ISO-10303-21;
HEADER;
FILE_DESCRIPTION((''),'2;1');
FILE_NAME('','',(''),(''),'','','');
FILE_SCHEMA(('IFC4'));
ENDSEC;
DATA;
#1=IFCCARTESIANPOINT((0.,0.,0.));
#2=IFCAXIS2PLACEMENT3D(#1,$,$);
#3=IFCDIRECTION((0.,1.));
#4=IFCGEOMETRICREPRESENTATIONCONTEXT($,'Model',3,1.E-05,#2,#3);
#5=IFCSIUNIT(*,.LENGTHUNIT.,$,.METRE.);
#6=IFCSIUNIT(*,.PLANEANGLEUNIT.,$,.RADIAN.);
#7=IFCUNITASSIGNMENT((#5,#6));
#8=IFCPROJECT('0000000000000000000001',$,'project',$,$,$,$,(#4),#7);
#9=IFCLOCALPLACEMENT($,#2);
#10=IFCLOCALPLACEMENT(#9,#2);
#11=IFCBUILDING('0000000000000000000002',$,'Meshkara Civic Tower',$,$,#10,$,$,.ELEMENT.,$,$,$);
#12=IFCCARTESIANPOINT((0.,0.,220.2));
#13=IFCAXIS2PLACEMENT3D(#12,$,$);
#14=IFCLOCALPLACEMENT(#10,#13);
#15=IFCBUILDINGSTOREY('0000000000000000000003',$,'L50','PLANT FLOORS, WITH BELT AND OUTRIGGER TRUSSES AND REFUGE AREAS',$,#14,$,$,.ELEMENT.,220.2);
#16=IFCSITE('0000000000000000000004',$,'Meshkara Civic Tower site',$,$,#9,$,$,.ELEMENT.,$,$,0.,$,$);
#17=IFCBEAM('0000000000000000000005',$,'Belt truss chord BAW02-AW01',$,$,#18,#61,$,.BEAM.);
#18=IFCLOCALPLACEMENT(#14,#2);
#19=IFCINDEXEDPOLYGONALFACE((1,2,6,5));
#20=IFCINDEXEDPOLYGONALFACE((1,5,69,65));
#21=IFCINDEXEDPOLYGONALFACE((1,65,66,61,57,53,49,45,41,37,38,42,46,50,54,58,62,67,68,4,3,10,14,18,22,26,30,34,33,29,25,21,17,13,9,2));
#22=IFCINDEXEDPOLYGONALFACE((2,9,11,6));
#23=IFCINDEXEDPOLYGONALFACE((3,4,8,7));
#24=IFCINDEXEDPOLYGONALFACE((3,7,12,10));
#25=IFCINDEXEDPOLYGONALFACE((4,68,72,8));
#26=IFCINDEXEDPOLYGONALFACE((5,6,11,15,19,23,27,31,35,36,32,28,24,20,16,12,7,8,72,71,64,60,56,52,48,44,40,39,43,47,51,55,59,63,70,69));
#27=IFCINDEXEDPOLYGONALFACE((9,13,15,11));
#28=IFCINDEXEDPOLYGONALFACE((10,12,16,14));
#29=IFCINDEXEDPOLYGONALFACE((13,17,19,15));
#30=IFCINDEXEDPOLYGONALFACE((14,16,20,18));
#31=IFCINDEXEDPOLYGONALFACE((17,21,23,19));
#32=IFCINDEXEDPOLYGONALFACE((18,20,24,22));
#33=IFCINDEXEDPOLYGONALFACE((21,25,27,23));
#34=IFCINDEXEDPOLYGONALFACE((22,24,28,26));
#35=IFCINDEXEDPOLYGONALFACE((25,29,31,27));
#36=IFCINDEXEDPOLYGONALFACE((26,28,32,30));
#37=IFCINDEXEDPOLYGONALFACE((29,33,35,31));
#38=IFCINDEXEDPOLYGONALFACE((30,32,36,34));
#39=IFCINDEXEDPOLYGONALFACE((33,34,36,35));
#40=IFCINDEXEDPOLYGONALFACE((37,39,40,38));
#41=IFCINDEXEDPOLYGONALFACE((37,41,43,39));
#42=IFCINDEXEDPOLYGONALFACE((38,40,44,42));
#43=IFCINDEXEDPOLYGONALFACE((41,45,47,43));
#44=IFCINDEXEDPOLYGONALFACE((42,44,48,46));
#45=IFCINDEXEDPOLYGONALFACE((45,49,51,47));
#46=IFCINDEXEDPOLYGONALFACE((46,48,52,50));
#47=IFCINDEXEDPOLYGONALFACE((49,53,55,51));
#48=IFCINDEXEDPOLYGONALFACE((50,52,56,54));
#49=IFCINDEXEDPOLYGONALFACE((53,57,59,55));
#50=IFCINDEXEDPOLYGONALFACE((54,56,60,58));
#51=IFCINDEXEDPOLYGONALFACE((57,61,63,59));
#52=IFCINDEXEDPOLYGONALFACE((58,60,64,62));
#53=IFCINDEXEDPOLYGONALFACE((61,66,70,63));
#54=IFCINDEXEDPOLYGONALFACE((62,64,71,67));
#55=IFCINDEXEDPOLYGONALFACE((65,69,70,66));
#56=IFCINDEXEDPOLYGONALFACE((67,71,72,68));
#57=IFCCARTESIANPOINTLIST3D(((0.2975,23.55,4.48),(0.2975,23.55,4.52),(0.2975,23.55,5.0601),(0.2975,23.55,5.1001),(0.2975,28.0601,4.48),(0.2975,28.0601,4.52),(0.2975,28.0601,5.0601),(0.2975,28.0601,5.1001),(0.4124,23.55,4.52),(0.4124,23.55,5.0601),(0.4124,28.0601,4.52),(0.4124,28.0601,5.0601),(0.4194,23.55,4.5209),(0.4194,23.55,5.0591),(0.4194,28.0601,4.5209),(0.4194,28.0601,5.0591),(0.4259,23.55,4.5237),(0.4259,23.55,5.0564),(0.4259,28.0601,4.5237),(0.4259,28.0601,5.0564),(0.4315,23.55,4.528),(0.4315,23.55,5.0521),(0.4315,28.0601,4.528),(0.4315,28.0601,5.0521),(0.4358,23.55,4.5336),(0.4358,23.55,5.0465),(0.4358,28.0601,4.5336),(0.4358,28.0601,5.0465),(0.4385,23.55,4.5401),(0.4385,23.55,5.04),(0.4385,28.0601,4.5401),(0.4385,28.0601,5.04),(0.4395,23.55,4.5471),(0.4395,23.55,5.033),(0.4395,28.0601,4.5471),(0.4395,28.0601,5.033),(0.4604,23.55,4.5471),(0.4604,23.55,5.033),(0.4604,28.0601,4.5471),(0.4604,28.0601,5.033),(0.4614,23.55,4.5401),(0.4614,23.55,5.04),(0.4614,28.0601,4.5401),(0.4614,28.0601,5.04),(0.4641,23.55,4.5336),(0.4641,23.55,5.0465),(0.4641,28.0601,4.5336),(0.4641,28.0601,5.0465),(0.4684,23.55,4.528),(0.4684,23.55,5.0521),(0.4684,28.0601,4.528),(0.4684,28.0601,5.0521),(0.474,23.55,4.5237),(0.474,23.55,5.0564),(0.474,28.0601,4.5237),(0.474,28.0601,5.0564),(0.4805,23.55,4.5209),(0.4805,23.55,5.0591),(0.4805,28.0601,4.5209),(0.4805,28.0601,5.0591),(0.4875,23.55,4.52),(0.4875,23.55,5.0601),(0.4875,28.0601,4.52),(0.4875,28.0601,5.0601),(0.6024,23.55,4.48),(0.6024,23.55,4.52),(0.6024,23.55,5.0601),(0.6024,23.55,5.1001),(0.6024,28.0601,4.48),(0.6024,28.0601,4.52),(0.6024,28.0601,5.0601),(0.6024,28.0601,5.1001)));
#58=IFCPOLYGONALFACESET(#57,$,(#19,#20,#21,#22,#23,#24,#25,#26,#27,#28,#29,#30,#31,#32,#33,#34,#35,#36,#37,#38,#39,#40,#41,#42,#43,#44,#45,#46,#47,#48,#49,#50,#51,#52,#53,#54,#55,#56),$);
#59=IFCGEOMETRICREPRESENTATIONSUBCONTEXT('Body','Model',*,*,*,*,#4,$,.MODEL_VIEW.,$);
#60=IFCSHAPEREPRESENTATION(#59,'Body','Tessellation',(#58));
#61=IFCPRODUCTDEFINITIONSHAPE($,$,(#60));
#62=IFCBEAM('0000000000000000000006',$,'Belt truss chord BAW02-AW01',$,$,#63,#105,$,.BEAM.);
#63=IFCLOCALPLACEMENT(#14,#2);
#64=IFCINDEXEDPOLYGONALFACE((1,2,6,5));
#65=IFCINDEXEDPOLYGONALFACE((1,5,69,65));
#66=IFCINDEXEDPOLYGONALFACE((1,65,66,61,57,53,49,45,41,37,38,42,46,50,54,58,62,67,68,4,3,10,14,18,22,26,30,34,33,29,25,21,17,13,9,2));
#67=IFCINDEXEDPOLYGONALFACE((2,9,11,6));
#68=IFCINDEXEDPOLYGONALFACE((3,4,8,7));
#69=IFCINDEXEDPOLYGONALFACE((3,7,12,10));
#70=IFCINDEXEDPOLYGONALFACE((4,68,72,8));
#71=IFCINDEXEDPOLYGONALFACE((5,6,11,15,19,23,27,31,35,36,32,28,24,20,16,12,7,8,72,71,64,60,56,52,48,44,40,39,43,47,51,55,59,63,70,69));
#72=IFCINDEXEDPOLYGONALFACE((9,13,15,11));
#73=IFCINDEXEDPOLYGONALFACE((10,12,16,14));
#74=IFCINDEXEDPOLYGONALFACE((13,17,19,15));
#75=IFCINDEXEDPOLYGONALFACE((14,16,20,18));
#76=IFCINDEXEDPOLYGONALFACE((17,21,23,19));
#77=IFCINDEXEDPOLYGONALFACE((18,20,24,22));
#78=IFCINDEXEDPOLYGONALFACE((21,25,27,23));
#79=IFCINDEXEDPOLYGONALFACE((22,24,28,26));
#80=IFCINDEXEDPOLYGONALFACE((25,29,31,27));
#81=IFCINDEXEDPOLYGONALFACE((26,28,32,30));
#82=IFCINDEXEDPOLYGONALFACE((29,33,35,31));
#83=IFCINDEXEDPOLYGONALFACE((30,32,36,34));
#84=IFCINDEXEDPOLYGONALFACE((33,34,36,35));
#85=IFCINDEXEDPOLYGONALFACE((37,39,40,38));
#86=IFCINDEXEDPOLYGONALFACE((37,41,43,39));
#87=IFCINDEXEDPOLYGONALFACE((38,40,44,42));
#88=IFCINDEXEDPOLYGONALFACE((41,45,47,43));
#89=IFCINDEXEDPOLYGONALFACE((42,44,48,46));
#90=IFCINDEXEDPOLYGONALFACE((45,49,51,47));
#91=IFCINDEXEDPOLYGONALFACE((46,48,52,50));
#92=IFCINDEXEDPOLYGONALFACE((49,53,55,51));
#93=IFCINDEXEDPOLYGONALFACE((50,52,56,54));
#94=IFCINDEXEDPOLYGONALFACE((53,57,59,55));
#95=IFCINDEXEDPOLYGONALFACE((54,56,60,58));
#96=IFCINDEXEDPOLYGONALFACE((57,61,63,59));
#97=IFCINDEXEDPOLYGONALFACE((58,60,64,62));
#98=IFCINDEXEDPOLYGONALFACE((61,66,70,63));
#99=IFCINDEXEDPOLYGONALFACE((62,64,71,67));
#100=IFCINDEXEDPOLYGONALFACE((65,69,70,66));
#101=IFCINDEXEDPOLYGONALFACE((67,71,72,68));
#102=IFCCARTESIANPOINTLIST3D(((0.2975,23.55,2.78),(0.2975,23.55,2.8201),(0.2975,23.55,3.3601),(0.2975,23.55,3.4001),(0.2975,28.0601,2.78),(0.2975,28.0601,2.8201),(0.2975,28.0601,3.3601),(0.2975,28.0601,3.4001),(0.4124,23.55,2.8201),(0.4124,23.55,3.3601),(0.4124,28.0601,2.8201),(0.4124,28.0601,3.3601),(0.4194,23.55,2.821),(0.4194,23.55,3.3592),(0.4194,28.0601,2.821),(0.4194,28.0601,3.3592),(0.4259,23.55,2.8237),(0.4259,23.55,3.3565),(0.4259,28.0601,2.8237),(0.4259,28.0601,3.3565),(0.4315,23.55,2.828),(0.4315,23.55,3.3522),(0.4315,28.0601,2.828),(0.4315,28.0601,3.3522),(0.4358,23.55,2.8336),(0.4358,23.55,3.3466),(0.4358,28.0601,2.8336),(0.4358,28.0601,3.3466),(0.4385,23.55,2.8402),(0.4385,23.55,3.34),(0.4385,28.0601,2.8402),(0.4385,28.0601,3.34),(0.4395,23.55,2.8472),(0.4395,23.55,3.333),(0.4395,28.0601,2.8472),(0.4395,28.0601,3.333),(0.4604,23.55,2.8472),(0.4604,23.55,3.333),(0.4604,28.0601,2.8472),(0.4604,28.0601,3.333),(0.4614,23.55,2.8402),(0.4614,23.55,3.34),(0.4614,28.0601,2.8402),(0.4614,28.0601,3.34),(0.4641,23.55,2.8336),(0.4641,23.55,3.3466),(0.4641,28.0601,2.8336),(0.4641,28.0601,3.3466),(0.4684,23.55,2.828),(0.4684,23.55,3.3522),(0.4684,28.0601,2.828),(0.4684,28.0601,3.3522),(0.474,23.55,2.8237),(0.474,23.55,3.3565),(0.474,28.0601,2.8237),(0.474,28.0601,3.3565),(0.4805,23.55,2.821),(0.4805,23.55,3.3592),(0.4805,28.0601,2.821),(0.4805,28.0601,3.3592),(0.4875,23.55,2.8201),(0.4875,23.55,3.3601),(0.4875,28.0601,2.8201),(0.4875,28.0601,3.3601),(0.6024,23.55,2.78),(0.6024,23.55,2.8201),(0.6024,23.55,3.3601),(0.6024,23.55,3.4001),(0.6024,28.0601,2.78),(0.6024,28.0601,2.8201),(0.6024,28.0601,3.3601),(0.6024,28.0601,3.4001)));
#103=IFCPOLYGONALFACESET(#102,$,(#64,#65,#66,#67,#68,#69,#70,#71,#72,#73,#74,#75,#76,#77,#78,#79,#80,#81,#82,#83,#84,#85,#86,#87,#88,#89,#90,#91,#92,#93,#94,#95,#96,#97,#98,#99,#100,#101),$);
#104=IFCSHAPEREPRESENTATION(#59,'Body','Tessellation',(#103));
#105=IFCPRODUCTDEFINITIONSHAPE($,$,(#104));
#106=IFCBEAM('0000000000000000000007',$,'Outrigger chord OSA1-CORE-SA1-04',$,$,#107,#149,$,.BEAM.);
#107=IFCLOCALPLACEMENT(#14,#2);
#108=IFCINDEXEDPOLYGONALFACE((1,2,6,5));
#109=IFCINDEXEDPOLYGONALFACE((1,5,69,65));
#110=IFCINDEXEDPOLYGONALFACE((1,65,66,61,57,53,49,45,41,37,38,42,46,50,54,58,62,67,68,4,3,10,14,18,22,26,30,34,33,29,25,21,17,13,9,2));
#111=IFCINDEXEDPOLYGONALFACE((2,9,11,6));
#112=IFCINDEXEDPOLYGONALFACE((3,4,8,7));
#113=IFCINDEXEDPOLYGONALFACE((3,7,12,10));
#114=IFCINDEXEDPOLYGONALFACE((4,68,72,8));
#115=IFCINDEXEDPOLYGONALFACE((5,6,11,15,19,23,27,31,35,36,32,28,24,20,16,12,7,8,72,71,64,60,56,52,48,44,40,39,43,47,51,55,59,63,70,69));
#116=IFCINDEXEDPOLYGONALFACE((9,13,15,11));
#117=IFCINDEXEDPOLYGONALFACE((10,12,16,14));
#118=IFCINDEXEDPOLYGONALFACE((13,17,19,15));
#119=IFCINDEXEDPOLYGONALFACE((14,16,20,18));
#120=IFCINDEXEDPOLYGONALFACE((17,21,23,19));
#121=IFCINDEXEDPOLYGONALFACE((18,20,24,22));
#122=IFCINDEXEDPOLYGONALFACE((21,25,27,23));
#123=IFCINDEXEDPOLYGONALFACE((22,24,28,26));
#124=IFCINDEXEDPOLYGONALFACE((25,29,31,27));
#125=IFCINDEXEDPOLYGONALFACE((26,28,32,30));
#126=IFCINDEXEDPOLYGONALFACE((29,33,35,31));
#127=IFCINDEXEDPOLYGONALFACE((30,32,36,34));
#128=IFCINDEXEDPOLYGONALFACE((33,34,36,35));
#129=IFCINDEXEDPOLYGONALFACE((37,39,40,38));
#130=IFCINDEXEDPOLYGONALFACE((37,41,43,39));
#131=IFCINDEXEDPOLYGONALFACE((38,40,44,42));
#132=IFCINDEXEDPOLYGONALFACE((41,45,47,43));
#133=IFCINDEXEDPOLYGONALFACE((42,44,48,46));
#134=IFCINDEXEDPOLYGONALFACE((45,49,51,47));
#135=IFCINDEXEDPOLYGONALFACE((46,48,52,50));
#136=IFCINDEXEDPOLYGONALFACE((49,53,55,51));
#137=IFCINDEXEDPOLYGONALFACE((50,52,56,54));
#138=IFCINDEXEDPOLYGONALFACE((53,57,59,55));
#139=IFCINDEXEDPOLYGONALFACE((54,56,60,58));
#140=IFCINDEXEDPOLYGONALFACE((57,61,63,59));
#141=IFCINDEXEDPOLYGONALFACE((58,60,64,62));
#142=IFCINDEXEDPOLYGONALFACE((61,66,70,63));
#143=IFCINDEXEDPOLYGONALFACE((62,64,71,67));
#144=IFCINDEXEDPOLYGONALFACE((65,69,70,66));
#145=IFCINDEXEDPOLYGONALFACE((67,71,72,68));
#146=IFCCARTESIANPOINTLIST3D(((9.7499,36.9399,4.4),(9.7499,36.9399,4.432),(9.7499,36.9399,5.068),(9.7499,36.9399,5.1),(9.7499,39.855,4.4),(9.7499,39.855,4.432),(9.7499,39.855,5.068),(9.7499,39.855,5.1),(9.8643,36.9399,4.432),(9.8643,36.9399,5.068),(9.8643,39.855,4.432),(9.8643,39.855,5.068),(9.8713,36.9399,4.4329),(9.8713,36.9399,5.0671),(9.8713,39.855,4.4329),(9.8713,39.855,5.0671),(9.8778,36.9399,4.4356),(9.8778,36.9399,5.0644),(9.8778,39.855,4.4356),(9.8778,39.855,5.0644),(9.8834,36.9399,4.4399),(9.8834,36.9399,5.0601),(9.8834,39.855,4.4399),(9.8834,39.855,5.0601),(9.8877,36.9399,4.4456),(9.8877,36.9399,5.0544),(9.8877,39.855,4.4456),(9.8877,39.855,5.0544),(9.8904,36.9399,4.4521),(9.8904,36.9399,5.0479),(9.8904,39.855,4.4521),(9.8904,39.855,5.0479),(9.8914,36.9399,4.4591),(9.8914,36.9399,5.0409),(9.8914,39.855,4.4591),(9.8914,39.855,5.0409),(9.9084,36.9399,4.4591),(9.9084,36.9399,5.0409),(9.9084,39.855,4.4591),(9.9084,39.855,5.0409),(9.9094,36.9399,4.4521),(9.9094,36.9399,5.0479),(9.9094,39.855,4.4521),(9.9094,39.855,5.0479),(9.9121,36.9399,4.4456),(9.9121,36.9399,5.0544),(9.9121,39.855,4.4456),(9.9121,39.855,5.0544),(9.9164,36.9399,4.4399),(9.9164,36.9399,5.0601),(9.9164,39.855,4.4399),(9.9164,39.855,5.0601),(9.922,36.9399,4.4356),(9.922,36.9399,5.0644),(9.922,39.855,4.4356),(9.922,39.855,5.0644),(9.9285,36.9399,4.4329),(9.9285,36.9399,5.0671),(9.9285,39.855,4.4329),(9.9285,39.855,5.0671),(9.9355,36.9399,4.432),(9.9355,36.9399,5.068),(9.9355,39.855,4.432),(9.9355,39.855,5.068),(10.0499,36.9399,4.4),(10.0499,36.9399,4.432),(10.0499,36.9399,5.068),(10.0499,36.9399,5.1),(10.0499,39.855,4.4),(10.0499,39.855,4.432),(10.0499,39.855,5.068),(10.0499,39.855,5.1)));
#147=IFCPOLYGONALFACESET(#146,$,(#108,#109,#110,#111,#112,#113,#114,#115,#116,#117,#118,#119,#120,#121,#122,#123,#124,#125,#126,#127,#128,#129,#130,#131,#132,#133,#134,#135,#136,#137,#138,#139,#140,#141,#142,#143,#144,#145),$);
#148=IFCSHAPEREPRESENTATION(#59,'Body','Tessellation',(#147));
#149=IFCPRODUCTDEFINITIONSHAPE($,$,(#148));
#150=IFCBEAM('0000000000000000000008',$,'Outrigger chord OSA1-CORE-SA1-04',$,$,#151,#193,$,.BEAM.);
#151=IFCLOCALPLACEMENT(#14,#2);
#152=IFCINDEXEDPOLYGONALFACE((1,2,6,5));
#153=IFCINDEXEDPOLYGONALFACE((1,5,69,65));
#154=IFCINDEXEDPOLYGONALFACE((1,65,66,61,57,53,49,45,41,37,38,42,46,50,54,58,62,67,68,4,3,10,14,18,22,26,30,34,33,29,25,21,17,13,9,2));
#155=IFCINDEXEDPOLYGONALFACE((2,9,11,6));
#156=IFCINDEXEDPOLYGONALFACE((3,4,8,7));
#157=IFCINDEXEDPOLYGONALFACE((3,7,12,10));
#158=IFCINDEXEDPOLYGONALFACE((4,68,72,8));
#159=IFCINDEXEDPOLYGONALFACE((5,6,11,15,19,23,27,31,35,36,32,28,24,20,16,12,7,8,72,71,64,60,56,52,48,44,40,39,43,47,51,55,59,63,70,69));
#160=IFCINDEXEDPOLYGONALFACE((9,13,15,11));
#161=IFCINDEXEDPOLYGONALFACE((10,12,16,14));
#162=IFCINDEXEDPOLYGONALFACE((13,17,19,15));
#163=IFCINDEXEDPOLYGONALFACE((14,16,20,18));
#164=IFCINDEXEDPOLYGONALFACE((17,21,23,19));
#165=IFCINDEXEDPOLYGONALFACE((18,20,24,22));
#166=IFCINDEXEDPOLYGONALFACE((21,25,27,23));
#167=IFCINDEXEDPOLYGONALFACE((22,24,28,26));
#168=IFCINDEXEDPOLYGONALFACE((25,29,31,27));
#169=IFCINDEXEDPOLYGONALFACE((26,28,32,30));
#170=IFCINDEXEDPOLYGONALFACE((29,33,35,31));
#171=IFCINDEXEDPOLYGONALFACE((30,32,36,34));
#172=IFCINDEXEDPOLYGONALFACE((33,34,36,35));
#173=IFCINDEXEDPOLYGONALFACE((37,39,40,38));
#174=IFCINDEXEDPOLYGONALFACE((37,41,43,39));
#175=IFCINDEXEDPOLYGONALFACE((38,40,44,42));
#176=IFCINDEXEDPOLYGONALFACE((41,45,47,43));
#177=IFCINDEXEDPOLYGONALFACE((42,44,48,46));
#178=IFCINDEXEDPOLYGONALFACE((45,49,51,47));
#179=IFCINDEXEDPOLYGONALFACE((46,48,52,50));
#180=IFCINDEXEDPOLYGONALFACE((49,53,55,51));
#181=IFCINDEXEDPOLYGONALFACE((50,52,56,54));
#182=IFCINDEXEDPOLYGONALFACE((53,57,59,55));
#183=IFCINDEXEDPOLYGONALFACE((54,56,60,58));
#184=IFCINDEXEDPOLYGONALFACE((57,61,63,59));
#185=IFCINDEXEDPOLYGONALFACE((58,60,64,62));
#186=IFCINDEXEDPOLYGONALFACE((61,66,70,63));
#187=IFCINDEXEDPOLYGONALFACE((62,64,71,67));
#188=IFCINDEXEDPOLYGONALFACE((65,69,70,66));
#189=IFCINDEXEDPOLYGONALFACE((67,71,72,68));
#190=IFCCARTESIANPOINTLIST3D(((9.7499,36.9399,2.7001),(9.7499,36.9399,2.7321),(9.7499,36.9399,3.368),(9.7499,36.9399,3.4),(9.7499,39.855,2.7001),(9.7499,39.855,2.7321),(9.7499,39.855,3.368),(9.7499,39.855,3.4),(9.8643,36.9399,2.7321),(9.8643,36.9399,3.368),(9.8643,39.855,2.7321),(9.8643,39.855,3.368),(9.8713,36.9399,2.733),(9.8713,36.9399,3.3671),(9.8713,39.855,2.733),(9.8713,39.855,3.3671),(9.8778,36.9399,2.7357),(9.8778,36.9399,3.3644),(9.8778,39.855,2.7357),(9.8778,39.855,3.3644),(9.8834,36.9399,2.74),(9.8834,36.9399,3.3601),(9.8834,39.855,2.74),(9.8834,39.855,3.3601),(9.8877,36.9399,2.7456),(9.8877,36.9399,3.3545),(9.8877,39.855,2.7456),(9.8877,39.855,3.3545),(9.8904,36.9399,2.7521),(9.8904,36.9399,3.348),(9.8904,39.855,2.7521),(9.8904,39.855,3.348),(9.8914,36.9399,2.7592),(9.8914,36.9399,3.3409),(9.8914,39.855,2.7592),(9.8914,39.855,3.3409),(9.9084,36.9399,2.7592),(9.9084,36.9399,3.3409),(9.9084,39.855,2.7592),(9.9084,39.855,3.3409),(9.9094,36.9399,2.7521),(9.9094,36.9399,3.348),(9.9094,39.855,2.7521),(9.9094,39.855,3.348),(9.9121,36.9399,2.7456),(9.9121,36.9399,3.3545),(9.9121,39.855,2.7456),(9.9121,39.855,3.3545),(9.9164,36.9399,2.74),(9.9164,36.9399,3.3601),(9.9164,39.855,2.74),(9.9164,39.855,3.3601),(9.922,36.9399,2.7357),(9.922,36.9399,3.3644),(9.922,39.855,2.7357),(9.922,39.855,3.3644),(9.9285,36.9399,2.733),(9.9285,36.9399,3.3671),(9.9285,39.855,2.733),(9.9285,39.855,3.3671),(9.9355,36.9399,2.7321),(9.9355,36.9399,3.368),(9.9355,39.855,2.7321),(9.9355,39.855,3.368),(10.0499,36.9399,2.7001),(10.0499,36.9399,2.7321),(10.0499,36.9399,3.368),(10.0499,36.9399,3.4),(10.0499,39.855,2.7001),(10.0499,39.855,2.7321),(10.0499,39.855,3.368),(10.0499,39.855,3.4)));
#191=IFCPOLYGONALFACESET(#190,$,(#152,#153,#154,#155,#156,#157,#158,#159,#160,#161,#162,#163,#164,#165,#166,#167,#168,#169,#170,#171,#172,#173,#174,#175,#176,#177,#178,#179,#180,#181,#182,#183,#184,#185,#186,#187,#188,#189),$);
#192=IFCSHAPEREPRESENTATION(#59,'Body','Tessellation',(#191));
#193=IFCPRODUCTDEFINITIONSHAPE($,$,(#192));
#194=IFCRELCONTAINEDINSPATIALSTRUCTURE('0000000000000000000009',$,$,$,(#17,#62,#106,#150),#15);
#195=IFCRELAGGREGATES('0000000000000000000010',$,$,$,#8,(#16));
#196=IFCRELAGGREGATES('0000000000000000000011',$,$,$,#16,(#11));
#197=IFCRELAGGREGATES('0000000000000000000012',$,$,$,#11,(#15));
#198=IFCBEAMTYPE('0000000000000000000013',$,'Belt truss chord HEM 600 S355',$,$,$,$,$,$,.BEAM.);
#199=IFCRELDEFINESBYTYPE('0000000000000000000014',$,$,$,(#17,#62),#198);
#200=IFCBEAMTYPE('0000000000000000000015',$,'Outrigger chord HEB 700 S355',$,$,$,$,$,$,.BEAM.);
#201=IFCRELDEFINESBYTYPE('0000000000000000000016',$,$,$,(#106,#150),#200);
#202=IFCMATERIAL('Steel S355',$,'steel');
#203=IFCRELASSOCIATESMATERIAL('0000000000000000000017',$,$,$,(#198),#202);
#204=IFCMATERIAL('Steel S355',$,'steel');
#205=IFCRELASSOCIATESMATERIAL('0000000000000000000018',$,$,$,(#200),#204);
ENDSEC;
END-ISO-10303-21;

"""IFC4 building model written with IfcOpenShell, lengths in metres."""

from ifc_helpers import new_model, si_unit, direction, frame, origin, origin_2d, place, context, subcontext, project, spatial, i_section, extrude, material, material_profile, profile_set, type_object, element, save


model = new_model("IFC4")

# Units and contexts
model_context = context("Model", 3, precision=1e-05, world=origin(), true_north=direction((0.0, 1.0)))
body_context = subcontext(model_context, "Body", "Model", "MODEL_VIEW")
ifc_project = project(units=[si_unit("LENGTHUNIT", "METRE"), si_unit("PLANEANGLEUNIT", "RADIAN")], contexts=[model_context])

# Site, building, storey
site_placement = place(None, origin())
site = spatial("IfcSite", under=ifc_project, at=site_placement, Name="Meshkara Civic Tower site", CompositionType="ELEMENT", RefElevation=0.0)
building_placement = place(site_placement, origin())
building = spatial("IfcBuilding", under=site, at=building_placement, Name="Meshkara Civic Tower", CompositionType="ELEMENT")
storey_placement = place(building_placement, frame((0.0, 0.0, 220.2)))
storey = spatial("IfcBuildingStorey", under=building, at=storey_placement, Name="L50", Description="PLANT FLOORS, WITH BELT AND OUTRIGGER TRUSSES AND REFUGE AREAS", CompositionType="ELEMENT", Elevation=220.2)

# Beams
ifc_material_1 = material(Name="Steel S355", Category="steel")
ifc_material_profile_1 = material_profile(ifc_material_1, i_section(OverallWidth=0.3049, OverallDepth=0.6201, WebThickness=0.021, FlangeThickness=0.04, FilletRadius=0.0271, at=origin_2d()))
ifc_profile_set_1 = profile_set([ifc_material_profile_1], Name="Steel S355")
beam_type_1 = type_object("IfcBeamType", Name="Belt truss chord HEM 600 S355", PredefinedType="BEAM", material=ifc_profile_set_1)
for number, where, z_axis, x_axis, name in (
    (1, (0.45, 28.0601, 4.79), (0.0, -1.0, 0.0), (1.0, 0.0, 0.0), "Belt truss chord BAW02-AW01"),
    (2, (0.45, 28.0601, 3.0901), (0.0, -1.0, 0.0), (1.0, 0.0, 0.0), "Belt truss chord BAW02-AW01"),
):
    element("IfcBeam", number, at=place(storey_placement, frame(where, z_axis=z_axis, x_axis=x_axis)), inside=storey, type_object=beam_type_1, Name=name, PredefinedType="BEAM", context=body_context, shape_type="SweptSolid", body=[
        extrude(i_section(OverallWidth=0.3049, OverallDepth=0.6201, WebThickness=0.021, FlangeThickness=0.04, FilletRadius=0.0271, at=origin_2d()), origin(), (0.0, 0.0, 1.0), 4.51),
    ])
ifc_material_2 = material(Name="Steel S355", Category="steel")
ifc_material_profile_2 = material_profile(ifc_material_2, i_section(OverallWidth=0.3, OverallDepth=0.7, WebThickness=0.0171, FlangeThickness=0.032, FilletRadius=0.0271, at=origin_2d()))
ifc_profile_set_2 = profile_set([ifc_material_profile_2], Name="Steel S355")
beam_type_2 = type_object("IfcBeamType", Name="Outrigger chord HEB 700 S355", PredefinedType="BEAM", material=ifc_profile_set_2)
for number, where, z_axis, x_axis, name in (
    (3, (9.8999, 36.9399, 4.75), (0.0, 1.0, 0.0), (-1.0, 0.0, 0.0), "Outrigger chord OSA1-CORE-SA1-04"),
    (4, (9.8999, 36.9399, 3.05), (0.0, 1.0, 0.0), (-1.0, 0.0, 0.0), "Outrigger chord OSA1-CORE-SA1-04"),
):
    element("IfcBeam", number, at=place(storey_placement, frame(where, z_axis=z_axis, x_axis=x_axis)), inside=storey, type_object=beam_type_2, Name=name, PredefinedType="BEAM", context=body_context, shape_type="SweptSolid", body=[
        extrude(i_section(OverallWidth=0.3, OverallDepth=0.7, WebThickness=0.0171, FlangeThickness=0.032, FilletRadius=0.0271, at=origin_2d()), origin(), (0.0, 0.0, 1.0), 2.915),
    ])

save(model, "model.ifc")
